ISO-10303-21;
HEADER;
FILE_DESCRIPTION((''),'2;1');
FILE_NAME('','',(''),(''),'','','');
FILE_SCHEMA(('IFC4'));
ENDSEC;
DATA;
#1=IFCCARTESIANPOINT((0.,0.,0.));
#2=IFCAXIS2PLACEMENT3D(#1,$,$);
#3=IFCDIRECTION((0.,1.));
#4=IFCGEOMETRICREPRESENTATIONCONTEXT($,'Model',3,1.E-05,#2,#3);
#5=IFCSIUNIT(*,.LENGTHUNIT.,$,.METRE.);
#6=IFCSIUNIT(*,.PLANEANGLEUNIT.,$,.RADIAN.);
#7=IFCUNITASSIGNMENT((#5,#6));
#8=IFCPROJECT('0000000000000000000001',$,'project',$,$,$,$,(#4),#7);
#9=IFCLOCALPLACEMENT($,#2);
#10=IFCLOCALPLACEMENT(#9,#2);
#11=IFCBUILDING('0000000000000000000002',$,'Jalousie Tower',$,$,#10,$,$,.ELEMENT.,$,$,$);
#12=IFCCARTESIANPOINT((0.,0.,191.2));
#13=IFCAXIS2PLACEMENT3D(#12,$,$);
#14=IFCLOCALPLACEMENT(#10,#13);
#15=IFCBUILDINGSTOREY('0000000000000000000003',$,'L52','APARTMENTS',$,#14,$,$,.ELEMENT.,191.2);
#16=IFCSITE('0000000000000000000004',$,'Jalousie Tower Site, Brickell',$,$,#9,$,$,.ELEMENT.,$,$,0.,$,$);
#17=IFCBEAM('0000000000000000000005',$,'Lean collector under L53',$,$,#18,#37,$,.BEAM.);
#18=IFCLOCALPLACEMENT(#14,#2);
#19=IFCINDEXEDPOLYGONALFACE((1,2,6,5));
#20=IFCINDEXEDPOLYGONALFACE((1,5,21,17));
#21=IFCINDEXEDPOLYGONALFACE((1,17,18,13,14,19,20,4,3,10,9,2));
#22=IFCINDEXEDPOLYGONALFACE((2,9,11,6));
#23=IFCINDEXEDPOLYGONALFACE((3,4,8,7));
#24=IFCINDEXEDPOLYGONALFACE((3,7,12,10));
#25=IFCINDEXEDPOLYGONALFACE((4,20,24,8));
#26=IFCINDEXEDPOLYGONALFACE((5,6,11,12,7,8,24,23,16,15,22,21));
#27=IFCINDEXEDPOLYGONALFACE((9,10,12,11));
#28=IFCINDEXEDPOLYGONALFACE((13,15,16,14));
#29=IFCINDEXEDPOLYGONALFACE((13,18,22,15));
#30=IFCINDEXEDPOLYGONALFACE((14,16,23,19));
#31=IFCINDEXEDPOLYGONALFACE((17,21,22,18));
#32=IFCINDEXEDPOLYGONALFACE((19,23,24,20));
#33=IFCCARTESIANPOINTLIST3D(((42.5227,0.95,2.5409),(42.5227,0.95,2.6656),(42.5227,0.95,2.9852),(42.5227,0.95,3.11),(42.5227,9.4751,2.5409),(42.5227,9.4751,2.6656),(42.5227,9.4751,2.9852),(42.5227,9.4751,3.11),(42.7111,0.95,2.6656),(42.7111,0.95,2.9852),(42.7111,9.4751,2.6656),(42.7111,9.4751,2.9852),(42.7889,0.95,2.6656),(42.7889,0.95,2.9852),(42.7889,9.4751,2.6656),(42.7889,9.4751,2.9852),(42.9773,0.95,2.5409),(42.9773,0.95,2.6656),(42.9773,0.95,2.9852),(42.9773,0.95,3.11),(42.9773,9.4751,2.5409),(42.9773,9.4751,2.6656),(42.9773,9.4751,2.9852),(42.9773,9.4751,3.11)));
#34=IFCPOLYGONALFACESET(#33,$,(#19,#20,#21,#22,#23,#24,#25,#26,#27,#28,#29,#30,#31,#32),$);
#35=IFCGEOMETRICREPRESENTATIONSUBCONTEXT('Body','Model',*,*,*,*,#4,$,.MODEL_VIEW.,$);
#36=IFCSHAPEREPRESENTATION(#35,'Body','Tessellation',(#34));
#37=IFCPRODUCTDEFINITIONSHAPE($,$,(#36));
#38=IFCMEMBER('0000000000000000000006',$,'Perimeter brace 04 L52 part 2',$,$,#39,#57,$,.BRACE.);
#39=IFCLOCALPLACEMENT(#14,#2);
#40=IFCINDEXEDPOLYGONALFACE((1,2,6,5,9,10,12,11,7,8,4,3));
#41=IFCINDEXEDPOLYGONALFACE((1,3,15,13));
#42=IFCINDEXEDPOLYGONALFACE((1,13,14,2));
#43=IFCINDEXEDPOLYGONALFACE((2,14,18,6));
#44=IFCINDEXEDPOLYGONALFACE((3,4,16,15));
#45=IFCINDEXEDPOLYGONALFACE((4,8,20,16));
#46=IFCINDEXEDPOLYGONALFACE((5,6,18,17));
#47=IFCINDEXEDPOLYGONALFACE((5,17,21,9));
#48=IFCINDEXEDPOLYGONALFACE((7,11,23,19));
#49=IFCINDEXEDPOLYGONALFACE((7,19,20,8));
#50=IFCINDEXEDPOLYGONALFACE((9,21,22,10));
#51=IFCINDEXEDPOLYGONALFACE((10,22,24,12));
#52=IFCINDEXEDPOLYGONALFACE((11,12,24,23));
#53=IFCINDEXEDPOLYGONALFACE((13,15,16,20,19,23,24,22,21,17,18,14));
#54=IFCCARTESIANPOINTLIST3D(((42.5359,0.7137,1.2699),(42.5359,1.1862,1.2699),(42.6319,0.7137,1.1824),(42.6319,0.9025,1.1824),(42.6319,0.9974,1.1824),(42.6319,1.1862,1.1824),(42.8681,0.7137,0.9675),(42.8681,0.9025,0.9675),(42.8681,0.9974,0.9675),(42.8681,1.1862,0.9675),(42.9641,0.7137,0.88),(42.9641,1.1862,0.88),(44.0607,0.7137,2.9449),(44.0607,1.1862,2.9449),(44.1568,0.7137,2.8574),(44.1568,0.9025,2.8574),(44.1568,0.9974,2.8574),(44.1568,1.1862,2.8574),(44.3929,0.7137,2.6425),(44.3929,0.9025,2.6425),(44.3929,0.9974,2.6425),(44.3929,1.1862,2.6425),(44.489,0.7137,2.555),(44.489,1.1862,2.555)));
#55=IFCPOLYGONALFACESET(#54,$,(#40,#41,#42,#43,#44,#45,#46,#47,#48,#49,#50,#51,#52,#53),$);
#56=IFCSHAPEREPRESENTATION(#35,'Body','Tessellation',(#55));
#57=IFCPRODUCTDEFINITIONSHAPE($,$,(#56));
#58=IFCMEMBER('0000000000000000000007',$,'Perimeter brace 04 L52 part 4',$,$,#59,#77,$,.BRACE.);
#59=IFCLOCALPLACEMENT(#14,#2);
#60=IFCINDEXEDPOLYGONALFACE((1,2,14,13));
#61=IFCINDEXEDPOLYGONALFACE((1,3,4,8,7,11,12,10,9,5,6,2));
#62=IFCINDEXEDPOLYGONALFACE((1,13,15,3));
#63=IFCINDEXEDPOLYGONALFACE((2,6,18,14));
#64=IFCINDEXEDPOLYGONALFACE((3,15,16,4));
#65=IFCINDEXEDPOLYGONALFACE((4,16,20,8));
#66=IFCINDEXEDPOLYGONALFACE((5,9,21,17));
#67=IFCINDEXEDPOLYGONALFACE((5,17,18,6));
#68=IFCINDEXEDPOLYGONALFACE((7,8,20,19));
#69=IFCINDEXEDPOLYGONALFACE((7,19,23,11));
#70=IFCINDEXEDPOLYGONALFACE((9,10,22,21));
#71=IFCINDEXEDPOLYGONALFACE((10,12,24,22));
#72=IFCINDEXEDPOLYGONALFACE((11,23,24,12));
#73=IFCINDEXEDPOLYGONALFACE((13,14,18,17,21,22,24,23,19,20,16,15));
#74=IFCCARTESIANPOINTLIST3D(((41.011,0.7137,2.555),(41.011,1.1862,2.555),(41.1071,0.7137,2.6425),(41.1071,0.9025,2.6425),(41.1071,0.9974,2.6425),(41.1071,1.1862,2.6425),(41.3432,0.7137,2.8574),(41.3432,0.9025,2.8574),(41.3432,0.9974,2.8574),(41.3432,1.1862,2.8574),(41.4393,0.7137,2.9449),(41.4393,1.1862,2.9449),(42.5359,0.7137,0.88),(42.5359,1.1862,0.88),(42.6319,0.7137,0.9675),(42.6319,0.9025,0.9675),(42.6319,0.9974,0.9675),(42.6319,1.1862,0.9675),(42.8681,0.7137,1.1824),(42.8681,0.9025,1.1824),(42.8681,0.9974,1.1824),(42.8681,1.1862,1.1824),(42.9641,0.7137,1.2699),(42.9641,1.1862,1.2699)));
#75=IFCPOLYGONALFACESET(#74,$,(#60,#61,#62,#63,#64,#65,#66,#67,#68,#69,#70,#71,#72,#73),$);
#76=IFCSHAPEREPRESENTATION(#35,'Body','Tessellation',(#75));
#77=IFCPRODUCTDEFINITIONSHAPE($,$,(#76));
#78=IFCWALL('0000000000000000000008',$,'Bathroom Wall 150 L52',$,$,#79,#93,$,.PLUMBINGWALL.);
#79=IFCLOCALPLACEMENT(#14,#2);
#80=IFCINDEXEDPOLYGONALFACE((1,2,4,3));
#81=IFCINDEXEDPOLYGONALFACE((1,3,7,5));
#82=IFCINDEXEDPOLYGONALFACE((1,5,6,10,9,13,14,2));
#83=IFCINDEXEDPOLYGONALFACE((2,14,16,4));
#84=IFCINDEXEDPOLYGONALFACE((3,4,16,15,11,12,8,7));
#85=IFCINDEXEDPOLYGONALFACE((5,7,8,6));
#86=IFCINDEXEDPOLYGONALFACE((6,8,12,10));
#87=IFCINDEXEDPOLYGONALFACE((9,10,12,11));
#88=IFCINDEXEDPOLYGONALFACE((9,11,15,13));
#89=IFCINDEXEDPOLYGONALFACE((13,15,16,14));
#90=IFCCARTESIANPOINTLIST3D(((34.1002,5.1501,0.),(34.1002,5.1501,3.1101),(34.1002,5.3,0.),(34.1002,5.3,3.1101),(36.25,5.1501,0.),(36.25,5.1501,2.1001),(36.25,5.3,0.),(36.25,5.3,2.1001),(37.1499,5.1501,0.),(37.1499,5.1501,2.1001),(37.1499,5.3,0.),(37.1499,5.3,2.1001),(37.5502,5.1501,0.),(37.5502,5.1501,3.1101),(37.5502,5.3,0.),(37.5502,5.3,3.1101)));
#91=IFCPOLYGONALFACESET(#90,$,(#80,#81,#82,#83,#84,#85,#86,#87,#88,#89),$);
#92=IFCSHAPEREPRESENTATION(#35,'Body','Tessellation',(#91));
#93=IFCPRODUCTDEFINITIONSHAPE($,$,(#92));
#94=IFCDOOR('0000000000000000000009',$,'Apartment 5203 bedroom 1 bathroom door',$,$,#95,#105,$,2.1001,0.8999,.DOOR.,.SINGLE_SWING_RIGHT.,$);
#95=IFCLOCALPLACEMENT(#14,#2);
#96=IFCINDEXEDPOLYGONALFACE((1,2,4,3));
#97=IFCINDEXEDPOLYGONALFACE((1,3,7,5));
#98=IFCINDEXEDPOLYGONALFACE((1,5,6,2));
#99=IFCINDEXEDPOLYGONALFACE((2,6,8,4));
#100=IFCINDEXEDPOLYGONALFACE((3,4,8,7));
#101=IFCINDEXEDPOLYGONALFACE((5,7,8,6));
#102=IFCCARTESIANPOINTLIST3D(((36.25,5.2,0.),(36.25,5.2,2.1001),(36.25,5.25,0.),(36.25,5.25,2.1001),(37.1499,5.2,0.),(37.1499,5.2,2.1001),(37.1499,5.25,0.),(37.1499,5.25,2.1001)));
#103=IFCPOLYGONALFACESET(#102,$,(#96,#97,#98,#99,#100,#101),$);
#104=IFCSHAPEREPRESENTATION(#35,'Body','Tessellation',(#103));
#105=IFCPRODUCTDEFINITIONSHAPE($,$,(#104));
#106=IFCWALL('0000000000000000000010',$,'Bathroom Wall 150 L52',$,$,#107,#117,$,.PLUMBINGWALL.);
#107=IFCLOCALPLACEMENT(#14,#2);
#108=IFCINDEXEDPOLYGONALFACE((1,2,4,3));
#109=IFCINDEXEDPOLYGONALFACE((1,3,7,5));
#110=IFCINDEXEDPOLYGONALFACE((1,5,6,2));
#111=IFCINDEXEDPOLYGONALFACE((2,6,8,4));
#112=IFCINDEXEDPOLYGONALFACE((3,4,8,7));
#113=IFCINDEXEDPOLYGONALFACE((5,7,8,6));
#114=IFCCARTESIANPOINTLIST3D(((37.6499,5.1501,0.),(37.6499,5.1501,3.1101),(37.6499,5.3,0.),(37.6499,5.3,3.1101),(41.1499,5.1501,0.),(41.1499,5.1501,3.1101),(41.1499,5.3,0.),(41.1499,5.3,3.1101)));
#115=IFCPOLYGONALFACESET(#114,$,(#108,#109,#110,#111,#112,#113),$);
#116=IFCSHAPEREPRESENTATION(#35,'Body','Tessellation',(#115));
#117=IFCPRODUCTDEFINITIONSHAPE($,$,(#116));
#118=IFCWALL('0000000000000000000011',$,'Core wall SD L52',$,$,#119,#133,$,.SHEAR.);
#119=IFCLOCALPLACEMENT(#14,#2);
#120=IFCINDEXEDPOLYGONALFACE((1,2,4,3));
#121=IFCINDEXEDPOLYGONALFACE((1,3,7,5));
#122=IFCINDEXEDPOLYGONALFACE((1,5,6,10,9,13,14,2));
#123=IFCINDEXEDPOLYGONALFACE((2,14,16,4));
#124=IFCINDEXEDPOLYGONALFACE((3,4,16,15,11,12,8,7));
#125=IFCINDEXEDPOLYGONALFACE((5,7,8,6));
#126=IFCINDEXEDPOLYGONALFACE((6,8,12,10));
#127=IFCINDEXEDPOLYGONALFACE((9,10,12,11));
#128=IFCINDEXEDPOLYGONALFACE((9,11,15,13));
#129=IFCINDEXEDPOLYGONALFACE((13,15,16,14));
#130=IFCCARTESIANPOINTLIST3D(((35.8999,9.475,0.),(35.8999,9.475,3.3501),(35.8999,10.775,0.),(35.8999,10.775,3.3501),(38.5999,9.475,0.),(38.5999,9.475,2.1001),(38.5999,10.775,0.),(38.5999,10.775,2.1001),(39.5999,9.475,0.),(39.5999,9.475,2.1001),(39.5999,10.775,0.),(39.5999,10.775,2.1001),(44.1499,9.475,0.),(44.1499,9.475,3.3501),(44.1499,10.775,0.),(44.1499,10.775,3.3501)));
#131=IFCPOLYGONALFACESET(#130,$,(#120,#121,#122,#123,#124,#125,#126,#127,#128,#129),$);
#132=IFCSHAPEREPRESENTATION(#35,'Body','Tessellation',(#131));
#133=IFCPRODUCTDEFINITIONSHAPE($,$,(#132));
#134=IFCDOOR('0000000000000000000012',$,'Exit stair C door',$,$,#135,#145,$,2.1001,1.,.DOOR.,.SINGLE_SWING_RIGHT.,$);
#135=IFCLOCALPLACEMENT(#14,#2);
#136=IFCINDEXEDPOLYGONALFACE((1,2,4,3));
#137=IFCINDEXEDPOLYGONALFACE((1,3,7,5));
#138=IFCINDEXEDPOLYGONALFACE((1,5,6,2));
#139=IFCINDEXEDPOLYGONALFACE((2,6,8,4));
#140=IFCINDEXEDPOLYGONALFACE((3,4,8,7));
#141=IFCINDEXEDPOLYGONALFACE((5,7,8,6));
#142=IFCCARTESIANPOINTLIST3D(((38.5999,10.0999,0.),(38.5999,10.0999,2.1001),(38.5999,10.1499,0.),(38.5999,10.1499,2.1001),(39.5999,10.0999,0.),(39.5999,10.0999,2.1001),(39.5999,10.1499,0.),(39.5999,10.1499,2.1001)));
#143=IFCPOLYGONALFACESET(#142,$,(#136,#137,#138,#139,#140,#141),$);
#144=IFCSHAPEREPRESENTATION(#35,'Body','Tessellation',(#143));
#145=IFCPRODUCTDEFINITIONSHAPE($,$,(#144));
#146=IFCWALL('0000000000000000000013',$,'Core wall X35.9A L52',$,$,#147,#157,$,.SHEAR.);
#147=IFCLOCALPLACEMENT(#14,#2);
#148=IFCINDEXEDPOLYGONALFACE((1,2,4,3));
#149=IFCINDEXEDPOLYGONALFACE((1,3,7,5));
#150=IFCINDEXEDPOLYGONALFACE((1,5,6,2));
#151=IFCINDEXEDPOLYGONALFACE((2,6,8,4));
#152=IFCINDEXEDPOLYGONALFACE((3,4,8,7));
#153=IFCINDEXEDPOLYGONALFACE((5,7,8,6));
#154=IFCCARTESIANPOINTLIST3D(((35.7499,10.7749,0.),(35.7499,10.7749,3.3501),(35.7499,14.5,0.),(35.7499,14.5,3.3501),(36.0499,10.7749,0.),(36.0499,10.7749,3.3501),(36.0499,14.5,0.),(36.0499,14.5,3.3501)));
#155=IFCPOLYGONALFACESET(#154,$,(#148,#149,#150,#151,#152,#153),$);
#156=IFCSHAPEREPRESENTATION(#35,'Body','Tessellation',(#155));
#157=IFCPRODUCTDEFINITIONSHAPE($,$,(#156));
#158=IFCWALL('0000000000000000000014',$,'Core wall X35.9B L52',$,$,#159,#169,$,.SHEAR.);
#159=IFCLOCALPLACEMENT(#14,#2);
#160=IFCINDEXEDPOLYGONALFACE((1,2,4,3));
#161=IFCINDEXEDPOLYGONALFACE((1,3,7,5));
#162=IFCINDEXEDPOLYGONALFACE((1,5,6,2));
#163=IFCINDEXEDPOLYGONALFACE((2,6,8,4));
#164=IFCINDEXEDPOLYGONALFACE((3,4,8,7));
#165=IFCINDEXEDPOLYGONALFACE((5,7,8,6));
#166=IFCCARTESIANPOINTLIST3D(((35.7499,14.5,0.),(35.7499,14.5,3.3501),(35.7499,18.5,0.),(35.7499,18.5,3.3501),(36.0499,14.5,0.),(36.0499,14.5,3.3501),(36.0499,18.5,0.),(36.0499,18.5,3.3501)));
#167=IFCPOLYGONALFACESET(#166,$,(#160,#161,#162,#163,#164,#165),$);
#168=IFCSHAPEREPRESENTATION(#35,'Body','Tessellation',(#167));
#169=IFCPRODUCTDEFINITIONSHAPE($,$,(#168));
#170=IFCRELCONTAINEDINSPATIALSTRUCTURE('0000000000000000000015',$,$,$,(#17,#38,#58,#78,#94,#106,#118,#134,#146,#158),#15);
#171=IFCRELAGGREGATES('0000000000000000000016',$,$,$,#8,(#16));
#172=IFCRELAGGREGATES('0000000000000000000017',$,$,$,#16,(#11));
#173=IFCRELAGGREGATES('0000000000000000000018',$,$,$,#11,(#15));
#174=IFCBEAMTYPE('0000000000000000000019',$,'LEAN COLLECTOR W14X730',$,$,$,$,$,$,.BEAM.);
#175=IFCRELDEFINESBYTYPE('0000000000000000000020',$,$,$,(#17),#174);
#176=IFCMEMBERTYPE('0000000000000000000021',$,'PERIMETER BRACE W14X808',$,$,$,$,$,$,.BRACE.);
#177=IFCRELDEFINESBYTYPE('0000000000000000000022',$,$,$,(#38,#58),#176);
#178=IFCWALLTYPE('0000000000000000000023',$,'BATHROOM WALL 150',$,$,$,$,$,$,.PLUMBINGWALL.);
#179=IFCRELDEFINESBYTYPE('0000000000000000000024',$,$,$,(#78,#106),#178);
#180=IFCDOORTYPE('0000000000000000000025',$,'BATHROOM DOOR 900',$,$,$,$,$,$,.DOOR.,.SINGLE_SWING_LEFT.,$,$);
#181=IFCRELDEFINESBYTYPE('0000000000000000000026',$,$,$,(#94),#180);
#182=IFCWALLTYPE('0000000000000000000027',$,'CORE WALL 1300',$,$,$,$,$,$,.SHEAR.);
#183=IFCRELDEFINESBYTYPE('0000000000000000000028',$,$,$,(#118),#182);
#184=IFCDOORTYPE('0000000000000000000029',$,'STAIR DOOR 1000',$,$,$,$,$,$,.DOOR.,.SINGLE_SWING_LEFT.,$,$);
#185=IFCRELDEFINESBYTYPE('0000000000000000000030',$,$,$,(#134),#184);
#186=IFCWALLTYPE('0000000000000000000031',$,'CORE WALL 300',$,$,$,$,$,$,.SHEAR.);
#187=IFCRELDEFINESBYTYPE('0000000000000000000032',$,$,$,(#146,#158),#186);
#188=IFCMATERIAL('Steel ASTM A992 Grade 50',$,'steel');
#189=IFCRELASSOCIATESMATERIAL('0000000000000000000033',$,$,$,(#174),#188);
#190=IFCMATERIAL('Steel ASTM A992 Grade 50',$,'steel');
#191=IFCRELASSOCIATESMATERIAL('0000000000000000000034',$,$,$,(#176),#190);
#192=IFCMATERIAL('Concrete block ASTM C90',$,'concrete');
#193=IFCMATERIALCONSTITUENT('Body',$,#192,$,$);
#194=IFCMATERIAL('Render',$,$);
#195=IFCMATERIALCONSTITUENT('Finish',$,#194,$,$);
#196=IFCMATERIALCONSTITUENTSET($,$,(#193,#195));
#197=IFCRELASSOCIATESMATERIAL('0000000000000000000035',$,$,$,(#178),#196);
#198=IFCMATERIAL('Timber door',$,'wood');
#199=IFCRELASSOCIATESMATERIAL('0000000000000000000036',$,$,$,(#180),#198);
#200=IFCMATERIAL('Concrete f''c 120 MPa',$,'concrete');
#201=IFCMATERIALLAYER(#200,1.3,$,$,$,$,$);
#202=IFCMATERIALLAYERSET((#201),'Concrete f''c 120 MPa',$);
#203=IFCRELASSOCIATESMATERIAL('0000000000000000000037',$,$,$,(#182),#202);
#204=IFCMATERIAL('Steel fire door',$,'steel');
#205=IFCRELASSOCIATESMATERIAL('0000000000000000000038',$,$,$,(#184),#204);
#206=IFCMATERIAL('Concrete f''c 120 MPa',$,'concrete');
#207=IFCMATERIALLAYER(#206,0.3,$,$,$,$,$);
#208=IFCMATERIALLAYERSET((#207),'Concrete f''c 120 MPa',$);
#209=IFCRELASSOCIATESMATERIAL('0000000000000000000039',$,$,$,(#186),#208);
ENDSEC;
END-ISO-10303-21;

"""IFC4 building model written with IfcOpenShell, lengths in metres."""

from ifc_helpers import new_model, si_unit, direction, frame, frame_2d, origin, origin_2d, place, context, subcontext, project, spatial, rectangle, i_section, extrude, material, layer, layer_set, constituent, constituent_set, material_profile, profile_set, type_object, element, fill, save


model = new_model("IFC4")

# Units and contexts
model_context = context("Model", 3, precision=1e-05, world=origin(), true_north=direction((0.0, 1.0)))
body_context = subcontext(model_context, "Body", "Model", "MODEL_VIEW")
ifc_project = project(units=[si_unit("LENGTHUNIT", "METRE"), si_unit("PLANEANGLEUNIT", "RADIAN")], contexts=[model_context])

# Site, building, storey
site_placement = place(None, origin())
site = spatial("IfcSite", under=ifc_project, at=site_placement, Name="Jalousie Tower Site, Brickell", CompositionType="ELEMENT", RefElevation=0.0)
building_placement = place(site_placement, origin())
building = spatial("IfcBuilding", under=site, at=building_placement, Name="Jalousie Tower", CompositionType="ELEMENT")
storey_placement = place(building_placement, frame((0.0, 0.0, 191.2)))
storey = spatial("IfcBuildingStorey", under=building, at=storey_placement, Name="L52", Description="APARTMENTS", CompositionType="ELEMENT", Elevation=191.2)

# Beam
ifc_material_1 = material(Name="Steel ASTM A992 Grade 50", Category="steel")
ifc_material_profile_1 = material_profile(ifc_material_1, i_section(OverallWidth=0.4546, OverallDepth=0.5691, WebThickness=0.0779, FlangeThickness=0.1248, at=origin_2d()), Name="W14X730")
ifc_profile_set_1 = profile_set([ifc_material_profile_1], Name="Steel ASTM A992 Grade 50")
beam_type = type_object("IfcBeamType", Name="LEAN COLLECTOR W14X730", PredefinedType="BEAM", material=ifc_profile_set_1)
beam_placement = place(storey_placement, frame((42.75, 0.95, 2.8254), z_axis=(0.0, 1.0, 0.0), x_axis=(-1.0, 0.0, 0.0)))
element("IfcBeam", 1, at=beam_placement, inside=storey, type_object=beam_type, Name="Lean collector under L53", PredefinedType="BEAM", context=body_context, shape_type="SweptSolid", body=[
    extrude(i_section(OverallWidth=0.4546, OverallDepth=0.5691, WebThickness=0.0779, FlangeThickness=0.1248, at=origin_2d()), origin(), (0.0, 0.0, 1.0), 8.5251),
])

# Members
ifc_material_2 = material(Name="Steel ASTM A992 Grade 50", Category="steel")
ifc_material_profile_2 = material_profile(ifc_material_2, i_section(OverallWidth=0.4724, OverallDepth=0.5791, WebThickness=0.095, FlangeThickness=0.1299, at=origin_2d()), Name="W14X808")
ifc_profile_set_2 = profile_set([ifc_material_profile_2], Name="Steel ASTM A992 Grade 50")
member_type = type_object("IfcMemberType", Name="PERIMETER BRACE W14X808", PredefinedType="BRACE", material=ifc_profile_set_2)
for number, where, z_axis, x_axis, name in (
    (2, (42.75, 0.95, 1.075), (0.673188, 0.0, 0.739472), (0.0, 1.0, 0.0), "Perimeter brace 04 L52 part 2"),
    (3, (42.75, 0.95, 1.075), (-0.673188, 0.0, 0.739472), (0.0, -1.0, 0.0), "Perimeter brace 04 L52 part 4"),
):
    element("IfcMember", number, at=place(storey_placement, frame(where, z_axis=z_axis, x_axis=x_axis)), inside=storey, type_object=member_type, Name=name, PredefinedType="BRACE", context=body_context, shape_type="SweptSolid", body=[
        extrude(i_section(OverallWidth=0.4724, OverallDepth=0.5791, WebThickness=0.095, FlangeThickness=0.1299, at=origin_2d()), origin(), (0.0, 0.0, 1.0), 2.2651),
    ])

# Wall, opening, door
ifc_material_3 = material(Name="Concrete block ASTM C90", Category="concrete")
ifc_constituent_1 = constituent(ifc_material_3, Name="Body")
ifc_material_4 = material(Name="Render")
ifc_constituent_2 = constituent(ifc_material_4, Name="Finish")
ifc_constituent_set_1 = constituent_set(constituents=[ifc_constituent_1, ifc_constituent_2])
wall_type_1 = type_object("IfcWallType", Name="BATHROOM WALL 150", PredefinedType="PLUMBINGWALL", material=ifc_constituent_set_1)
wall_1_placement = place(storey_placement, frame((34.1001, 5.2251, 0.0), z_axis=(0.0, 0.0, 1.0), x_axis=(1.0, 0.0, 0.0)))
wall_1 = element("IfcWall", 4, at=wall_1_placement, inside=storey, type_object=wall_type_1, Name="Bathroom Wall 150 L52", PredefinedType="PLUMBINGWALL", context=body_context, shape_type="SweptSolid", body=[
    extrude(rectangle(XDim=3.45, YDim=0.1499, at=frame_2d((1.7251, 0.0))), origin(), (0.0, 0.0, 1.0), 3.1101),
])
opening_1_placement = place(wall_1_placement, frame((2.1499, 0.0, 0.0)))
opening_1 = element("IfcOpeningElement", 5, at=opening_1_placement, cuts=wall_1, PredefinedType="OPENING", context=body_context, shape_type="SweptSolid", body=[
    extrude(rectangle(XDim=0.8999, YDim=2.1001, at=frame_2d((0.45, 1.05))), frame((0.0, 0.085, 0.0), z_axis=(0.0, -1.0, 0.0), x_axis=(1.0, 0.0, 0.0)), (0.0, 0.0, 1.0), 0.1699),
])
ifc_material_5 = material(Name="Timber door", Category="wood")
door_type_1 = type_object("IfcDoorType", Name="BATHROOM DOOR 900", OperationType="SINGLE_SWING_LEFT", PredefinedType="DOOR", material=ifc_material_5)
door_1_placement = place(opening_1_placement, origin())
door_1 = element("IfcDoor", 6, at=door_1_placement, inside=storey, type_object=door_type_1, Name="Apartment 5203 bedroom 1 bathroom door", OperationType="SINGLE_SWING_RIGHT", OverallHeight=2.1001, OverallWidth=0.8999, PredefinedType="DOOR", context=body_context, shape_type="SweptSolid", body=[
    extrude(rectangle(XDim=0.8999, YDim=2.1001, at=frame_2d((0.45, 1.05))), frame((0.0, 0.0249, 0.0), z_axis=(0.0, -1.0, 0.0), x_axis=(1.0, 0.0, 0.0)), (0.0, 0.0, 1.0), 0.05),
])
fill(opening_1, door_1)

# Wall
wall_2_placement = place(storey_placement, frame((37.6499, 5.2251, 0.0), z_axis=(0.0, 0.0, 1.0), x_axis=(1.0, 0.0, 0.0)))
element("IfcWall", 7, at=wall_2_placement, inside=storey, type_object=wall_type_1, Name="Bathroom Wall 150 L52", PredefinedType="PLUMBINGWALL", context=body_context, shape_type="SweptSolid", body=[
    extrude(rectangle(XDim=3.5, YDim=0.1499, at=frame_2d((1.75, 0.0))), origin(), (0.0, 0.0, 1.0), 3.1101),
])

# Wall, opening, door
ifc_material_6 = material(Name="Concrete f'c 120 MPa", Category="concrete")
ifc_layer_1 = layer(ifc_material_6, 1.3)
ifc_layer_set_1 = layer_set([ifc_layer_1], Name="Concrete f'c 120 MPa")
wall_type_2 = type_object("IfcWallType", Name="CORE WALL 1300", PredefinedType="SHEAR", material=ifc_layer_set_1)
wall_3_placement = place(storey_placement, frame((35.8999, 10.125, 0.0), z_axis=(0.0, 0.0, 1.0), x_axis=(1.0, 0.0, 0.0)))
wall_3 = element("IfcWall", 8, at=wall_3_placement, inside=storey, type_object=wall_type_2, Name="Core wall SD L52", PredefinedType="SHEAR", context=body_context, shape_type="SweptSolid", body=[
    extrude(rectangle(XDim=8.25, YDim=1.3, at=frame_2d((4.125, 0.0))), origin(), (0.0, 0.0, 1.0), 3.3501),
])
opening_2_placement = place(wall_3_placement, frame((2.7, 0.0, 0.0)))
opening_2 = element("IfcOpeningElement", 9, at=opening_2_placement, cuts=wall_3, PredefinedType="OPENING", context=body_context, shape_type="SweptSolid", body=[
    extrude(rectangle(XDim=1.0, YDim=2.1001, at=frame_2d((0.5, 1.05))), frame((0.0, 0.6599, 0.0), z_axis=(0.0, -1.0, 0.0), x_axis=(1.0, 0.0, 0.0)), (0.0, 0.0, 1.0), 1.3201),
])
ifc_material_7 = material(Name="Steel fire door", Category="steel")
door_type_2 = type_object("IfcDoorType", Name="STAIR DOOR 1000", OperationType="SINGLE_SWING_LEFT", PredefinedType="DOOR", material=ifc_material_7)
door_2_placement = place(opening_2_placement, origin())
door_2 = element("IfcDoor", 10, at=door_2_placement, inside=storey, type_object=door_type_2, Name="Exit stair C door", OperationType="SINGLE_SWING_RIGHT", OverallHeight=2.1001, OverallWidth=1.0, PredefinedType="DOOR", context=body_context, shape_type="SweptSolid", body=[
    extrude(rectangle(XDim=1.0, YDim=2.1001, at=frame_2d((0.5, 1.05))), frame((0.0, 0.0249, 0.0), z_axis=(0.0, -1.0, 0.0), x_axis=(1.0, 0.0, 0.0)), (0.0, 0.0, 1.0), 0.05),
])
fill(opening_2, door_2)

# Walls
ifc_material_8 = material(Name="Concrete f'c 120 MPa", Category="concrete")
ifc_layer_2 = layer(ifc_material_8, 0.3)
ifc_layer_set_2 = layer_set([ifc_layer_2], Name="Concrete f'c 120 MPa")
wall_type_3 = type_object("IfcWallType", Name="CORE WALL 300", PredefinedType="SHEAR", material=ifc_layer_set_2)
wall_4_placement = place(storey_placement, frame((35.8999, 10.7749, 0.0), z_axis=(0.0, 0.0, 1.0), x_axis=(0.0, 1.0, 0.0)))
element("IfcWall", 11, at=wall_4_placement, inside=storey, type_object=wall_type_3, Name="Core wall X35.9A L52", PredefinedType="SHEAR", context=body_context, shape_type="SweptSolid", body=[
    extrude(rectangle(XDim=3.7251, YDim=0.3, at=frame_2d((1.8625, 0.0))), origin(), (0.0, 0.0, 1.0), 3.3501),
])
for number, where, z_axis, x_axis, name in (
    (12, (35.8999, 14.5, 0.0), (0.0, 0.0, 1.0), (0.0, 1.0, 0.0), "Core wall X35.9B L52"),
):
    element("IfcWall", number, at=place(storey_placement, frame(where, z_axis=z_axis, x_axis=x_axis)), inside=storey, type_object=wall_type_3, Name=name, PredefinedType="SHEAR", context=body_context, shape_type="SweptSolid", body=[
        extrude(rectangle(XDim=4.0, YDim=0.3, at=frame_2d((2.0, 0.0))), origin(), (0.0, 0.0, 1.0), 3.3501),
    ])

save(model, "model.ifc")
